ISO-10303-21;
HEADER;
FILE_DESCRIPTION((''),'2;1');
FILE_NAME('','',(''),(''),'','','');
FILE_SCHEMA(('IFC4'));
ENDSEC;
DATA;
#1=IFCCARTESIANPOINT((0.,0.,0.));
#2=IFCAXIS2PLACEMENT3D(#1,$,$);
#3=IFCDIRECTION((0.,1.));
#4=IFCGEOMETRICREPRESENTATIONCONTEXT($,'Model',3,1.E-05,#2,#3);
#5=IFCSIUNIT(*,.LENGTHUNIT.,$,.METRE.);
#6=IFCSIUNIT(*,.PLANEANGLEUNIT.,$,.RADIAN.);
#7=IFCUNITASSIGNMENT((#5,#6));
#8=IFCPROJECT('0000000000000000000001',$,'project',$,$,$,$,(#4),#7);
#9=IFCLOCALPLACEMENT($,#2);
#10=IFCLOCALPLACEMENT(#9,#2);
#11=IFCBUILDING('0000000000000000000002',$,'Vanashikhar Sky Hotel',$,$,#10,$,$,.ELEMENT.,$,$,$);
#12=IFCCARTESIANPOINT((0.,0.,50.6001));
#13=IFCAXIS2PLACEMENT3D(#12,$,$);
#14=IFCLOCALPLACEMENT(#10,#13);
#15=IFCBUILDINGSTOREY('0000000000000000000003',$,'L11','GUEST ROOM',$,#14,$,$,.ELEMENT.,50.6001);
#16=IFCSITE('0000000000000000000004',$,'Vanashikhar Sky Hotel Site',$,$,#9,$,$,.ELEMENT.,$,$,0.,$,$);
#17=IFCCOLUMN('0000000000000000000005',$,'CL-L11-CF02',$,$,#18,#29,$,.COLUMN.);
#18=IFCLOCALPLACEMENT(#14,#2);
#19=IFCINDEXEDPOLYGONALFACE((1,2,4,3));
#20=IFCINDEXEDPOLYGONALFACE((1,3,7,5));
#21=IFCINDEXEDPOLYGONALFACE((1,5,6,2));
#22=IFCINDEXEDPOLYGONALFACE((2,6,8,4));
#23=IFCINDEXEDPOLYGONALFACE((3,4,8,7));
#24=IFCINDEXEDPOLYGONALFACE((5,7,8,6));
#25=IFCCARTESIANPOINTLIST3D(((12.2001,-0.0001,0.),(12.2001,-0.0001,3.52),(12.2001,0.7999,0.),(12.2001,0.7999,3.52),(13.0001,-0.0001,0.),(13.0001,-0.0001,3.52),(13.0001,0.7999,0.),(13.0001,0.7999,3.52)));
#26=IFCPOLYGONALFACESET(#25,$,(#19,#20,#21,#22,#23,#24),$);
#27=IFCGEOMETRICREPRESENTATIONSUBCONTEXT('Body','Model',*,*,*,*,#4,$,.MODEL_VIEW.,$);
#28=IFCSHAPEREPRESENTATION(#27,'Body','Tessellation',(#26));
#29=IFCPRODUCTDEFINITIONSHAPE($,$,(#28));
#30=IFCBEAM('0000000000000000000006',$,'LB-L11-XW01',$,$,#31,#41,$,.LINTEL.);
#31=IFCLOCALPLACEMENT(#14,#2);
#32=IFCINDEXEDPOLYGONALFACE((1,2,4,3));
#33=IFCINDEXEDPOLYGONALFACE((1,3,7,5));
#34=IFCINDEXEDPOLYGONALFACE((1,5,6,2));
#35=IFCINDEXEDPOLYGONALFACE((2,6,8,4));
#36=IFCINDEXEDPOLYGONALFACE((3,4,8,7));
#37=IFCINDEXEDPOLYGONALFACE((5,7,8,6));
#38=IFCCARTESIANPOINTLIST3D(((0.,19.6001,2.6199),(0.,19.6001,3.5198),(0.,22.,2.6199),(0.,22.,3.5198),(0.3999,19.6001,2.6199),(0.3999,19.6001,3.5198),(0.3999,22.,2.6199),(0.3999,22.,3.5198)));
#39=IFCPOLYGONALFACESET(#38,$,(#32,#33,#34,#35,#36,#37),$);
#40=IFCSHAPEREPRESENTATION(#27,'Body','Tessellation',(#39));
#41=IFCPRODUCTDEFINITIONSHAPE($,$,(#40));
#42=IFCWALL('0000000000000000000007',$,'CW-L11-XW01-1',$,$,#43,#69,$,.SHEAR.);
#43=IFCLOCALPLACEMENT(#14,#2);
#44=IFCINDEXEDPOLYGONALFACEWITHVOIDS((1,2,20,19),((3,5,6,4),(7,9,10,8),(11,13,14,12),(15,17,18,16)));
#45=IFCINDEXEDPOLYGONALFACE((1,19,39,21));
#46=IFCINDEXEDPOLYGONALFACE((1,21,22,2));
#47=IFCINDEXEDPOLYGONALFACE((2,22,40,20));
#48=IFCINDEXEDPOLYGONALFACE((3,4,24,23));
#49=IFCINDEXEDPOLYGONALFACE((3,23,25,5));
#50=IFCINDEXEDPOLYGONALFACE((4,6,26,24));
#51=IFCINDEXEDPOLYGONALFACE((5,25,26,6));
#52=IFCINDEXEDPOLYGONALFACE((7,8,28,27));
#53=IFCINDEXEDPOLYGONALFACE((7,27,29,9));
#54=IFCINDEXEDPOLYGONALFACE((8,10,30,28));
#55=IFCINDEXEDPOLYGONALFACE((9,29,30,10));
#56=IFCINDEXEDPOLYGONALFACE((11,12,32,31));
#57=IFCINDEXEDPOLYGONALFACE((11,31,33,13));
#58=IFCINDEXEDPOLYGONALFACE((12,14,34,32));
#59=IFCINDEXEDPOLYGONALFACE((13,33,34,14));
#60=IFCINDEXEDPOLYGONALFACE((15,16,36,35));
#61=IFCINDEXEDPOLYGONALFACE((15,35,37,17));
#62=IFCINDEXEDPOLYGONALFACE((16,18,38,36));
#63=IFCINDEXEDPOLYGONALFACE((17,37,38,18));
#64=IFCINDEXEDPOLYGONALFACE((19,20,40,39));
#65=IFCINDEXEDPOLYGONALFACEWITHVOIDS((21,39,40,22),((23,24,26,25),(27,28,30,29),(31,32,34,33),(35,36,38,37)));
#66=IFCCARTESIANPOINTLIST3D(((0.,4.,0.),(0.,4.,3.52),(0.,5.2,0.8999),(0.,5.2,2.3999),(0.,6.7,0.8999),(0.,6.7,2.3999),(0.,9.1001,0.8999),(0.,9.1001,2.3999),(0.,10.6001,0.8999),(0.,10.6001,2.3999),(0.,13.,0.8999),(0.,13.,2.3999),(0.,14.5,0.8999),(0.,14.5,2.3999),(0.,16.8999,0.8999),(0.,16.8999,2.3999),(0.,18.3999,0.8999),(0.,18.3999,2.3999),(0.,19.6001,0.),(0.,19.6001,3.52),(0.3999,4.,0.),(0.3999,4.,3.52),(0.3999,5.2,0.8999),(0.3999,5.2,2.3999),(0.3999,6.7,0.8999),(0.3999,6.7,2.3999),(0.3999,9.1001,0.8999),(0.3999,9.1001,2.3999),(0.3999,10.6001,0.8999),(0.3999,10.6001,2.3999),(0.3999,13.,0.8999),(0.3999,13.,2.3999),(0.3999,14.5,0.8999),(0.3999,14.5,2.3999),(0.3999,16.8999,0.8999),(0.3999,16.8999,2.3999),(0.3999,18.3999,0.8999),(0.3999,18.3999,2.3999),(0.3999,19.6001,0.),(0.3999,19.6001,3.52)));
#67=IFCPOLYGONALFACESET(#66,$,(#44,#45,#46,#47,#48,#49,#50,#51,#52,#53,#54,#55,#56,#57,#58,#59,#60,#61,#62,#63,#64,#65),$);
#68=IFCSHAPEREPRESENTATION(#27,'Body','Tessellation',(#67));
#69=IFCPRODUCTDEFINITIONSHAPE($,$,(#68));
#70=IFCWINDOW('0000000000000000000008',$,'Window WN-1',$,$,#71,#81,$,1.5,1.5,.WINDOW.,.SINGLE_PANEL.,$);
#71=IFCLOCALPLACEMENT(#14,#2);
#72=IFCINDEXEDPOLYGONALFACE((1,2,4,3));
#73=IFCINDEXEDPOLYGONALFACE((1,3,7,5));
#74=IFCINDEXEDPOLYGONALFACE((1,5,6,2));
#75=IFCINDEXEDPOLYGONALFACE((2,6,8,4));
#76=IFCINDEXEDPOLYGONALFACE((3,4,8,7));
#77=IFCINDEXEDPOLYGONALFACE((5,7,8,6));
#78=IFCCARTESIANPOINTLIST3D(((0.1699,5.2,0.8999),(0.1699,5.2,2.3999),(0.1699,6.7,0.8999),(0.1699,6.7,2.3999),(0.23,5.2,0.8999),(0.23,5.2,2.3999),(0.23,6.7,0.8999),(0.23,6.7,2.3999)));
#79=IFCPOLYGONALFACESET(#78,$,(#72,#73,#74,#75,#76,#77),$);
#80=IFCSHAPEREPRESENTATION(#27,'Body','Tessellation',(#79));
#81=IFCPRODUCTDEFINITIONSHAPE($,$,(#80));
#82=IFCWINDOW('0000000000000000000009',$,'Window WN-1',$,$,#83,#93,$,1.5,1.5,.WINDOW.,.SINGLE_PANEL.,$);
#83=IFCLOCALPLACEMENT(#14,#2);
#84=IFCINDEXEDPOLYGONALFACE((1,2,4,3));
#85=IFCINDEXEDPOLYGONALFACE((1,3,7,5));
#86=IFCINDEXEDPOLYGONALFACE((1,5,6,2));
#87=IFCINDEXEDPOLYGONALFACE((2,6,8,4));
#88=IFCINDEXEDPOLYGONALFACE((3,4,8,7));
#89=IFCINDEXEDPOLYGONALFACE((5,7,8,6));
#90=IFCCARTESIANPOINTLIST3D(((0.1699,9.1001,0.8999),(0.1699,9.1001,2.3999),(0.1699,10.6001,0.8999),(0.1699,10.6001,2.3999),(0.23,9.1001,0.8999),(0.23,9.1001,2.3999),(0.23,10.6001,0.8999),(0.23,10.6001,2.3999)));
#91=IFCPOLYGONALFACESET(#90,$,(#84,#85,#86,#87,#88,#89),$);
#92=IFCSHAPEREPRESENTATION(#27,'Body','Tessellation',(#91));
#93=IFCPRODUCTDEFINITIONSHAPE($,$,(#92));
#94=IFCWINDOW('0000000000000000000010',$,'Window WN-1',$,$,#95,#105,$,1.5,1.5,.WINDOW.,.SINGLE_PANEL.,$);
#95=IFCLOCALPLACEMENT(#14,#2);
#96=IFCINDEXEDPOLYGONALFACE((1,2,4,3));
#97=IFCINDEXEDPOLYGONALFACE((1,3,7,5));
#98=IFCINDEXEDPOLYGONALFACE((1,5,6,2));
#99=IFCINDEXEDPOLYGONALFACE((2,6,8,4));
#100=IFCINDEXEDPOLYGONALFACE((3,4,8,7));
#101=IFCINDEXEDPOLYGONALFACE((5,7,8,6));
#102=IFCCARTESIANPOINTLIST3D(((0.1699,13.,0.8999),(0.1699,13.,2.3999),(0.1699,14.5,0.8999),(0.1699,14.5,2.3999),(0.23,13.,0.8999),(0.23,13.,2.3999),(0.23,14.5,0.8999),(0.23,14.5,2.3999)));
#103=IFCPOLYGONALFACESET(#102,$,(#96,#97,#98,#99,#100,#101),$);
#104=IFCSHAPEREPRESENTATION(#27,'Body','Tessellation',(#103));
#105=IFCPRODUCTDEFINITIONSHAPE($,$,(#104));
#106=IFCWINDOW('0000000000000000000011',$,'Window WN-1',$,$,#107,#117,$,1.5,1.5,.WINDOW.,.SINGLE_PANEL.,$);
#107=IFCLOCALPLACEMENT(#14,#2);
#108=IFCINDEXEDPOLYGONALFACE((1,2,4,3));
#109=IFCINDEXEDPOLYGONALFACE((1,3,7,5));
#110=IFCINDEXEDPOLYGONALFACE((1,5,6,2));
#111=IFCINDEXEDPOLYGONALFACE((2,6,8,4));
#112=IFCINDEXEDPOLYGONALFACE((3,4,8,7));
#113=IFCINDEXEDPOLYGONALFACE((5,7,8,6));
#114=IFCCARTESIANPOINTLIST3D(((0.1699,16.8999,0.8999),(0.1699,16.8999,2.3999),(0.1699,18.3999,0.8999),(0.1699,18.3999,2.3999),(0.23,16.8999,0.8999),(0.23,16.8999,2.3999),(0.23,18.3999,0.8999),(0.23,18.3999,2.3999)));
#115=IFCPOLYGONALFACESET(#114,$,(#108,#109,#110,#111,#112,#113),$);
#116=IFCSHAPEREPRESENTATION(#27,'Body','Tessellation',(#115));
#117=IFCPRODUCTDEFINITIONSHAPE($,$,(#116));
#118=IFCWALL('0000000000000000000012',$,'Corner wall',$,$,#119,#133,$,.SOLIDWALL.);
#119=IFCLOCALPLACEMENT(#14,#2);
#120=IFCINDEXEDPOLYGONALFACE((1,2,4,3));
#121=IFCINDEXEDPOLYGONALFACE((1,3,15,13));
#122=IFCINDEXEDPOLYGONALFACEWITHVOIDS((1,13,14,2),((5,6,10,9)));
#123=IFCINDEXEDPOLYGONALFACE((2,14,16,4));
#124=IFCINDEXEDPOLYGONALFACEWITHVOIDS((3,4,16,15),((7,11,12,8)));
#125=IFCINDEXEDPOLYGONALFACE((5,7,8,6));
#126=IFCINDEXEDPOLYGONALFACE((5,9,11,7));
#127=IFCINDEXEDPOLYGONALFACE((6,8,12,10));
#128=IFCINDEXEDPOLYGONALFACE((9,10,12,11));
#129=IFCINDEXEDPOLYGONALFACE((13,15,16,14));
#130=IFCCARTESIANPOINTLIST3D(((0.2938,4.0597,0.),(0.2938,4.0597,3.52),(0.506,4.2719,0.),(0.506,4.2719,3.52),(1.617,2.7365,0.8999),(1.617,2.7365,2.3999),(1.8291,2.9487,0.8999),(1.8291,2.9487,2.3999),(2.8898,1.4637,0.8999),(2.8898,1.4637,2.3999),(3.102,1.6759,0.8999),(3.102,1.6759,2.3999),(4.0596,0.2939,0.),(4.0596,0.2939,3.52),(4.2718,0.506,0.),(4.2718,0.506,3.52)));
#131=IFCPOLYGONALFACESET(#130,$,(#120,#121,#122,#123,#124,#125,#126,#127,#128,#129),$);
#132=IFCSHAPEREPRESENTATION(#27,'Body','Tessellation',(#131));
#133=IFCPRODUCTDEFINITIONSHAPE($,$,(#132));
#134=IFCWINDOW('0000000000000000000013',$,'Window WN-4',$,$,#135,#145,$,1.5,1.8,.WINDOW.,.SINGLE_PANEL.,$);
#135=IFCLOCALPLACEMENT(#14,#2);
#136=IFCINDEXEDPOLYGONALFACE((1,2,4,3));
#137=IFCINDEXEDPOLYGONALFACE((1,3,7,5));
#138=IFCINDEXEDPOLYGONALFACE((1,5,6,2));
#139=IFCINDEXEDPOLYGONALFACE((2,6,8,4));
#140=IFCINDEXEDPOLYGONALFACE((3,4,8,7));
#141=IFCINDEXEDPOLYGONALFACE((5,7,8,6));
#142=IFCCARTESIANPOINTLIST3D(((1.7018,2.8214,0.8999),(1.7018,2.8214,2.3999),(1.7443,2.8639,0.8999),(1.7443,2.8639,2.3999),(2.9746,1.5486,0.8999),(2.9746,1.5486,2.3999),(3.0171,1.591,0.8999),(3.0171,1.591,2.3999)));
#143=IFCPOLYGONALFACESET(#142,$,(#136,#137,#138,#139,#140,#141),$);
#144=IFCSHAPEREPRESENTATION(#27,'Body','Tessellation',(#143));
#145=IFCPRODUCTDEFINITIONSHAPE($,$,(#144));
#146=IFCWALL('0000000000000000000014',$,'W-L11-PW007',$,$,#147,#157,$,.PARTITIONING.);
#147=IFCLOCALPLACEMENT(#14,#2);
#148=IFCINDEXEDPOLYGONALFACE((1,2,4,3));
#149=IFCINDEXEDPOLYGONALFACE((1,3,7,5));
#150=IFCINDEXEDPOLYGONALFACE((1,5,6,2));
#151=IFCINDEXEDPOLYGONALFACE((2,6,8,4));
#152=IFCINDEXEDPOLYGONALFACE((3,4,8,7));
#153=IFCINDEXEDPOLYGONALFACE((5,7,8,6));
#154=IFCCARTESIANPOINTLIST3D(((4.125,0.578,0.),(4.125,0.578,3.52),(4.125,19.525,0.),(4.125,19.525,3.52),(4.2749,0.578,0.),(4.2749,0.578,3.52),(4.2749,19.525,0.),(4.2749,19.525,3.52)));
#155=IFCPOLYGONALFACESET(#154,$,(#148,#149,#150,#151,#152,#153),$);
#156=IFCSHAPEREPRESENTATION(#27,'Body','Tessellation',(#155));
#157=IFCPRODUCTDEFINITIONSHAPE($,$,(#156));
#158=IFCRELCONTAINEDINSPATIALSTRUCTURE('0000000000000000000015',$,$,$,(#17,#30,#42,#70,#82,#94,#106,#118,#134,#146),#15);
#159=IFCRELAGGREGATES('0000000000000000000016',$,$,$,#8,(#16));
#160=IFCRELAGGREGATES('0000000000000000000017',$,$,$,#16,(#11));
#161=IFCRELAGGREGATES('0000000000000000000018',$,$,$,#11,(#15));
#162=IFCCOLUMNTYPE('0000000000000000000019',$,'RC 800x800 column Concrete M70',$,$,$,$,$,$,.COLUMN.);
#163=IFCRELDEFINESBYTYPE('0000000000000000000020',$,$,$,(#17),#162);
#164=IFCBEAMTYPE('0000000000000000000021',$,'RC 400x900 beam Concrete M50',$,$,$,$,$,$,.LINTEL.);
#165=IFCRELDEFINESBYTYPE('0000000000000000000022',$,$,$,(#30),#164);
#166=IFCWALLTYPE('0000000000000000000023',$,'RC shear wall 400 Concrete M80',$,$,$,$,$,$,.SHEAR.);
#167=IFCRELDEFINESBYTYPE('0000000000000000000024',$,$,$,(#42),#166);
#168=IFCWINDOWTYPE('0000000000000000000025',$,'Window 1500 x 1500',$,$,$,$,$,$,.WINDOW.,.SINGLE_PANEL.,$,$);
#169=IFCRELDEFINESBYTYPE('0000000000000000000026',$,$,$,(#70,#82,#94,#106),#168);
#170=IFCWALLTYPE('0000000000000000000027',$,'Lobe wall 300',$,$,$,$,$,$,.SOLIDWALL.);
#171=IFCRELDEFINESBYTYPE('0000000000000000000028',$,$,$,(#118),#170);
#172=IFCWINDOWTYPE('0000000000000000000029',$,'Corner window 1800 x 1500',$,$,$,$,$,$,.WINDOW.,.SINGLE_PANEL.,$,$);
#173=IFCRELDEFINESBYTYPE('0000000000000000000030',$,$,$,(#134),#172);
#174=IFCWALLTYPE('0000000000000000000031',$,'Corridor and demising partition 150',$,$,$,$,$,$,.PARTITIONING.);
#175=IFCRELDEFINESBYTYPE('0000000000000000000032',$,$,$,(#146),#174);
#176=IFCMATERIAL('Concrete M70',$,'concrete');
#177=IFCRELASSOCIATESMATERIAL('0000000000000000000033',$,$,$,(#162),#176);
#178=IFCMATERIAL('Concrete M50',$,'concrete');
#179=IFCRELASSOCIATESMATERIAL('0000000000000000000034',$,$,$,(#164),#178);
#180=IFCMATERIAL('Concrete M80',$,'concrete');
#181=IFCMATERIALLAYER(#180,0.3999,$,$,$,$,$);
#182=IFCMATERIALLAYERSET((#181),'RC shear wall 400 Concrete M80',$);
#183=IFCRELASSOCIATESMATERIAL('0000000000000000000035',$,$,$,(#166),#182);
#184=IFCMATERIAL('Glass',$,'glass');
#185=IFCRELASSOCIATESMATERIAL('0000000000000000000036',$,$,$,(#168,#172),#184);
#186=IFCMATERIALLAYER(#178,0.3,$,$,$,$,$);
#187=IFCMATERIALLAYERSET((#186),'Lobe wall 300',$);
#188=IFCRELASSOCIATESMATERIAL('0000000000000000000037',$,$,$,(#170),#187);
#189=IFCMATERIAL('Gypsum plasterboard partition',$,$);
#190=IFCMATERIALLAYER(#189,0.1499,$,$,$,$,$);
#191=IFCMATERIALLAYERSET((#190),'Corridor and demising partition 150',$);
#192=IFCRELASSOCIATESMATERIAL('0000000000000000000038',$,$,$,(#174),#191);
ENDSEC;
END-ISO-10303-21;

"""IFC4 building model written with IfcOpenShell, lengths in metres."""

from ifc_helpers import new_model, si_unit, direction, frame, frame_2d, origin, origin_2d, place, context, subcontext, project, spatial, rectangle, extrude, source, transform, mapped, material, layer, layer_set, material_profile, profile_set, type_object, element, fill, save


model = new_model("IFC4")

# Units and contexts
model_context = context("Model", 3, precision=1e-05, world=origin(), true_north=direction((0.0, 1.0)))
body_context = subcontext(model_context, "Body", "Model", "MODEL_VIEW")
ifc_project = project(units=[si_unit("LENGTHUNIT", "METRE"), si_unit("PLANEANGLEUNIT", "RADIAN")], contexts=[model_context])

# Site, building, storey
site_placement = place(None, origin())
site = spatial("IfcSite", under=ifc_project, at=site_placement, Name="Vanashikhar Sky Hotel Site", CompositionType="ELEMENT", RefElevation=0.0)
building_placement = place(site_placement, origin())
building = spatial("IfcBuilding", under=site, at=building_placement, Name="Vanashikhar Sky Hotel", CompositionType="ELEMENT")
storey_placement = place(building_placement, frame((0.0, 0.0, 50.6001)))
storey = spatial("IfcBuildingStorey", under=building, at=storey_placement, Name="L11", Description="GUEST ROOM", CompositionType="ELEMENT", Elevation=50.6001)

# Column
ifc_material_1 = material(Name="Concrete M70", Category="concrete")
ifc_material_profile_1 = material_profile(ifc_material_1, rectangle(XDim=0.8, YDim=0.8, at=origin_2d()))
ifc_profile_set_1 = profile_set([ifc_material_profile_1], Name="RC 800x800 column Concrete M70")
column_type = type_object("IfcColumnType", Name="RC 800x800 column Concrete M70", PredefinedType="COLUMN", material=ifc_profile_set_1)
shared_shape_1 = source(origin(), body_context, "Body", "SweptSolid", [
    extrude(rectangle(XDim=0.8, YDim=0.8, at=origin_2d()), origin(), (0.0, 0.0, 1.0), 3.52),
])
column_placement = place(storey_placement, frame((12.6001, 0.3999, 0.0), z_axis=(0.0, 0.0, 1.0), x_axis=(1.0, 0.0, 0.0)))
element("IfcColumn", 1, at=column_placement, inside=storey, type_object=column_type, Name="CL-L11-CF02", PredefinedType="COLUMN", context=body_context, shape_type="MappedRepresentation", body=[
    mapped(shared_shape_1, transform((0.0, 0.0, 0.0), scale=1.0)),
])

# Beam
ifc_material_2 = material(Name="Concrete M50", Category="concrete")
ifc_material_profile_2 = material_profile(ifc_material_2, rectangle(XDim=0.3999, YDim=0.8999, at=origin_2d()))
ifc_profile_set_2 = profile_set([ifc_material_profile_2], Name="RC 400x900 beam Concrete M50")
beam_type = type_object("IfcBeamType", Name="RC 400x900 beam Concrete M50", PredefinedType="LINTEL", material=ifc_profile_set_2)
shared_shape_2 = source(origin(), body_context, "Body", "SweptSolid", [
    extrude(rectangle(XDim=0.3999, YDim=0.8999, at=origin_2d()), origin(), (0.0, 0.0, 1.0), 2.3999),
])
beam_placement = place(storey_placement, frame((0.2, 19.6001, 3.0698), z_axis=(0.0, 1.0, 0.0), x_axis=(-1.0, 0.0, 0.0)))
element("IfcBeam", 2, at=beam_placement, inside=storey, type_object=beam_type, Name="LB-L11-XW01", PredefinedType="LINTEL", context=body_context, shape_type="MappedRepresentation", body=[
    mapped(shared_shape_2, transform((0.0, 0.0, 0.0), scale=1.0)),
])

# Wall, openings, windows
ifc_material_3 = material(Name="Concrete M80", Category="concrete")
ifc_layer_1 = layer(ifc_material_3, 0.3999)
ifc_layer_set_1 = layer_set([ifc_layer_1], Name="RC shear wall 400 Concrete M80")
wall_type_1 = type_object("IfcWallType", Name="RC shear wall 400 Concrete M80", PredefinedType="SHEAR", material=ifc_layer_set_1)
shared_shape_3 = source(origin(), body_context, "Body", "SweptSolid", [
    extrude(rectangle(XDim=15.6001, YDim=0.3999, at=frame_2d((7.8, 0.0))), origin(), (0.0, 0.0, 1.0), 3.52),
])
wall_1_placement = place(storey_placement, frame((0.2, 4.0, 0.0), z_axis=(0.0, 0.0, 1.0), x_axis=(0.0, 1.0, 0.0)))
wall_1 = element("IfcWall", 3, at=wall_1_placement, inside=storey, type_object=wall_type_1, Name="CW-L11-XW01-1", PredefinedType="SHEAR", context=body_context, shape_type="MappedRepresentation", body=[
    mapped(shared_shape_3, transform((0.0, 0.0, 0.0), scale=1.0)),
])
shared_shape_4 = source(origin(), body_context, "Body", "SweptSolid", [
    extrude(rectangle(XDim=1.5, YDim=1.5, at=frame_2d((0.75, 0.75))), frame((0.0, 0.21, 0.0), z_axis=(0.0, -1.0, 0.0), x_axis=(1.0, 0.0, 0.0)), (0.0, 0.0, 1.0), 0.4199),
])
opening_1_placement = place(wall_1_placement, frame((1.2, 0.0, 0.8999)))
opening_1 = element("IfcOpeningElement", 4, at=opening_1_placement, cuts=wall_1, PredefinedType="OPENING", context=body_context, shape_type="MappedRepresentation", body=[
    mapped(shared_shape_4, transform((0.0, 0.0, 0.0), scale=1.0)),
])
opening_2_placement = place(wall_1_placement, frame((5.1001, 0.0, 0.8999)))
opening_2 = element("IfcOpeningElement", 5, at=opening_2_placement, cuts=wall_1, PredefinedType="OPENING", context=body_context, shape_type="MappedRepresentation", body=[
    mapped(shared_shape_4, transform((0.0, 0.0, 0.0), scale=1.0)),
])
opening_3_placement = place(wall_1_placement, frame((9.0, 0.0, 0.8999)))
opening_3 = element("IfcOpeningElement", 6, at=opening_3_placement, cuts=wall_1, PredefinedType="OPENING", context=body_context, shape_type="MappedRepresentation", body=[
    mapped(shared_shape_4, transform((0.0, 0.0, 0.0), scale=1.0)),
])
opening_4_placement = place(wall_1_placement, frame((12.8999, 0.0, 0.8999)))
opening_4 = element("IfcOpeningElement", 7, at=opening_4_placement, cuts=wall_1, PredefinedType="OPENING", context=body_context, shape_type="MappedRepresentation", body=[
    mapped(shared_shape_4, transform((0.0, 0.0, 0.0), scale=1.0)),
])
ifc_material_4 = material(Name="Glass", Category="glass")
window_type_1 = type_object("IfcWindowType", Name="Window 1500 x 1500", PartitioningType="SINGLE_PANEL", PredefinedType="WINDOW", material=ifc_material_4)
shared_shape_5 = source(origin(), body_context, "Body", "SweptSolid", [
    extrude(rectangle(XDim=1.5, YDim=1.5, at=frame_2d((0.75, 0.75))), frame((0.0, 0.03, 0.0), z_axis=(0.0, -1.0, 0.0), x_axis=(1.0, 0.0, 0.0)), (0.0, 0.0, 1.0), 0.0601),
])
window_1_placement = place(opening_1_placement, origin())
window_1 = element("IfcWindow", 8, at=window_1_placement, inside=storey, type_object=window_type_1, Name="Window WN-1", OverallHeight=1.5, OverallWidth=1.5, PartitioningType="SINGLE_PANEL", PredefinedType="WINDOW", context=body_context, shape_type="MappedRepresentation", body=[
    mapped(shared_shape_5, transform((0.0, 0.0, 0.0), scale=1.0)),
])
fill(opening_1, window_1)
window_2_placement = place(opening_2_placement, origin())
window_2 = element("IfcWindow", 9, at=window_2_placement, inside=storey, type_object=window_type_1, Name="Window WN-1", OverallHeight=1.5, OverallWidth=1.5, PartitioningType="SINGLE_PANEL", PredefinedType="WINDOW", context=body_context, shape_type="MappedRepresentation", body=[
    mapped(shared_shape_5, transform((0.0, 0.0, 0.0), scale=1.0)),
])
fill(opening_2, window_2)
window_3_placement = place(opening_3_placement, origin())
window_3 = element("IfcWindow", 10, at=window_3_placement, inside=storey, type_object=window_type_1, Name="Window WN-1", OverallHeight=1.5, OverallWidth=1.5, PartitioningType="SINGLE_PANEL", PredefinedType="WINDOW", context=body_context, shape_type="MappedRepresentation", body=[
    mapped(shared_shape_5, transform((0.0, 0.0, 0.0), scale=1.0)),
])
fill(opening_3, window_3)
window_4_placement = place(opening_4_placement, origin())
window_4 = element("IfcWindow", 11, at=window_4_placement, inside=storey, type_object=window_type_1, Name="Window WN-1", OverallHeight=1.5, OverallWidth=1.5, PartitioningType="SINGLE_PANEL", PredefinedType="WINDOW", context=body_context, shape_type="MappedRepresentation", body=[
    mapped(shared_shape_5, transform((0.0, 0.0, 0.0), scale=1.0)),
])
fill(opening_4, window_4)

# Wall, opening, window
ifc_layer_2 = layer(ifc_material_2, 0.3)
ifc_layer_set_2 = layer_set([ifc_layer_2], Name="Lobe wall 300")
wall_type_2 = type_object("IfcWallType", Name="Lobe wall 300", PredefinedType="SOLIDWALL", material=ifc_layer_set_2)
shared_shape_6 = source(origin(), body_context, "Body", "SweptSolid", [
    extrude(rectangle(XDim=5.3257, YDim=0.3, at=frame_2d((2.6628, 0.0))), origin(), (0.0, 0.0, 1.0), 3.52),
])
wall_2_placement = place(storey_placement, frame((0.3999, 4.1658, 0.0), z_axis=(0.0, 0.0, 1.0), x_axis=(0.707107, -0.707107, 0.0)))
wall_2 = element("IfcWall", 12, at=wall_2_placement, inside=storey, type_object=wall_type_2, Name="Corner wall", PredefinedType="SOLIDWALL", context=body_context, shape_type="MappedRepresentation", body=[
    mapped(shared_shape_6, transform((0.0, 0.0, 0.0), scale=1.0)),
])
shared_shape_7 = source(origin(), body_context, "Body", "SweptSolid", [
    extrude(rectangle(XDim=1.8, YDim=1.5, at=frame_2d((0.8999, 0.75))), frame((0.0, 0.1602, 0.0), z_axis=(0.0, -1.0, 0.0), x_axis=(1.0, 0.0, 0.0)), (0.0, 0.0, 1.0), 0.3201),
])
opening_5_placement = place(wall_2_placement, frame((1.8713, 0.0, 0.8999)))
opening_5 = element("IfcOpeningElement", 13, at=opening_5_placement, cuts=wall_2, PredefinedType="OPENING", context=body_context, shape_type="MappedRepresentation", body=[
    mapped(shared_shape_7, transform((0.0, 0.0, 0.0), scale=1.0)),
])
window_type_2 = type_object("IfcWindowType", Name="Corner window 1800 x 1500", PartitioningType="SINGLE_PANEL", PredefinedType="WINDOW", material=ifc_material_4)
shared_shape_8 = source(origin(), body_context, "Body", "SweptSolid", [
    extrude(rectangle(XDim=1.8, YDim=1.5, at=frame_2d((0.8999, 0.75))), frame((0.0, 0.03, 0.0), z_axis=(0.0, -1.0, 0.0), x_axis=(1.0, 0.0, 0.0)), (0.0, 0.0, 1.0), 0.0601),
])
window_5_placement = place(opening_5_placement, origin())
window_5 = element("IfcWindow", 14, at=window_5_placement, inside=storey, type_object=window_type_2, Name="Window WN-4", OverallHeight=1.5, OverallWidth=1.8, PartitioningType="SINGLE_PANEL", PredefinedType="WINDOW", context=body_context, shape_type="MappedRepresentation", body=[
    mapped(shared_shape_8, transform((0.0, 0.0, 0.0), scale=1.0)),
])
fill(opening_5, window_5)

# Wall
ifc_material_5 = material(Name="Gypsum plasterboard partition")
ifc_layer_3 = layer(ifc_material_5, 0.1499)
ifc_layer_set_3 = layer_set([ifc_layer_3], Name="Corridor and demising partition 150")
wall_type_3 = type_object("IfcWallType", Name="Corridor and demising partition 150", PredefinedType="PARTITIONING", material=ifc_layer_set_3)
shared_shape_9 = source(origin(), body_context, "Body", "SweptSolid", [
    extrude(rectangle(XDim=18.947, YDim=0.1499, at=frame_2d((9.4736, 0.0))), origin(), (0.0, 0.0, 1.0), 3.52),
])
wall_3_placement = place(storey_placement, frame((4.2, 0.5779, 0.0), z_axis=(0.0, 0.0, 1.0), x_axis=(0.0, 1.0, 0.0)))
element("IfcWall", 15, at=wall_3_placement, inside=storey, type_object=wall_type_3, Name="W-L11-PW007", PredefinedType="PARTITIONING", context=body_context, shape_type="MappedRepresentation", body=[
    mapped(shared_shape_9, transform((0.0, 0.0, 0.0), scale=1.0)),
])

save(model, "model.ifc")
